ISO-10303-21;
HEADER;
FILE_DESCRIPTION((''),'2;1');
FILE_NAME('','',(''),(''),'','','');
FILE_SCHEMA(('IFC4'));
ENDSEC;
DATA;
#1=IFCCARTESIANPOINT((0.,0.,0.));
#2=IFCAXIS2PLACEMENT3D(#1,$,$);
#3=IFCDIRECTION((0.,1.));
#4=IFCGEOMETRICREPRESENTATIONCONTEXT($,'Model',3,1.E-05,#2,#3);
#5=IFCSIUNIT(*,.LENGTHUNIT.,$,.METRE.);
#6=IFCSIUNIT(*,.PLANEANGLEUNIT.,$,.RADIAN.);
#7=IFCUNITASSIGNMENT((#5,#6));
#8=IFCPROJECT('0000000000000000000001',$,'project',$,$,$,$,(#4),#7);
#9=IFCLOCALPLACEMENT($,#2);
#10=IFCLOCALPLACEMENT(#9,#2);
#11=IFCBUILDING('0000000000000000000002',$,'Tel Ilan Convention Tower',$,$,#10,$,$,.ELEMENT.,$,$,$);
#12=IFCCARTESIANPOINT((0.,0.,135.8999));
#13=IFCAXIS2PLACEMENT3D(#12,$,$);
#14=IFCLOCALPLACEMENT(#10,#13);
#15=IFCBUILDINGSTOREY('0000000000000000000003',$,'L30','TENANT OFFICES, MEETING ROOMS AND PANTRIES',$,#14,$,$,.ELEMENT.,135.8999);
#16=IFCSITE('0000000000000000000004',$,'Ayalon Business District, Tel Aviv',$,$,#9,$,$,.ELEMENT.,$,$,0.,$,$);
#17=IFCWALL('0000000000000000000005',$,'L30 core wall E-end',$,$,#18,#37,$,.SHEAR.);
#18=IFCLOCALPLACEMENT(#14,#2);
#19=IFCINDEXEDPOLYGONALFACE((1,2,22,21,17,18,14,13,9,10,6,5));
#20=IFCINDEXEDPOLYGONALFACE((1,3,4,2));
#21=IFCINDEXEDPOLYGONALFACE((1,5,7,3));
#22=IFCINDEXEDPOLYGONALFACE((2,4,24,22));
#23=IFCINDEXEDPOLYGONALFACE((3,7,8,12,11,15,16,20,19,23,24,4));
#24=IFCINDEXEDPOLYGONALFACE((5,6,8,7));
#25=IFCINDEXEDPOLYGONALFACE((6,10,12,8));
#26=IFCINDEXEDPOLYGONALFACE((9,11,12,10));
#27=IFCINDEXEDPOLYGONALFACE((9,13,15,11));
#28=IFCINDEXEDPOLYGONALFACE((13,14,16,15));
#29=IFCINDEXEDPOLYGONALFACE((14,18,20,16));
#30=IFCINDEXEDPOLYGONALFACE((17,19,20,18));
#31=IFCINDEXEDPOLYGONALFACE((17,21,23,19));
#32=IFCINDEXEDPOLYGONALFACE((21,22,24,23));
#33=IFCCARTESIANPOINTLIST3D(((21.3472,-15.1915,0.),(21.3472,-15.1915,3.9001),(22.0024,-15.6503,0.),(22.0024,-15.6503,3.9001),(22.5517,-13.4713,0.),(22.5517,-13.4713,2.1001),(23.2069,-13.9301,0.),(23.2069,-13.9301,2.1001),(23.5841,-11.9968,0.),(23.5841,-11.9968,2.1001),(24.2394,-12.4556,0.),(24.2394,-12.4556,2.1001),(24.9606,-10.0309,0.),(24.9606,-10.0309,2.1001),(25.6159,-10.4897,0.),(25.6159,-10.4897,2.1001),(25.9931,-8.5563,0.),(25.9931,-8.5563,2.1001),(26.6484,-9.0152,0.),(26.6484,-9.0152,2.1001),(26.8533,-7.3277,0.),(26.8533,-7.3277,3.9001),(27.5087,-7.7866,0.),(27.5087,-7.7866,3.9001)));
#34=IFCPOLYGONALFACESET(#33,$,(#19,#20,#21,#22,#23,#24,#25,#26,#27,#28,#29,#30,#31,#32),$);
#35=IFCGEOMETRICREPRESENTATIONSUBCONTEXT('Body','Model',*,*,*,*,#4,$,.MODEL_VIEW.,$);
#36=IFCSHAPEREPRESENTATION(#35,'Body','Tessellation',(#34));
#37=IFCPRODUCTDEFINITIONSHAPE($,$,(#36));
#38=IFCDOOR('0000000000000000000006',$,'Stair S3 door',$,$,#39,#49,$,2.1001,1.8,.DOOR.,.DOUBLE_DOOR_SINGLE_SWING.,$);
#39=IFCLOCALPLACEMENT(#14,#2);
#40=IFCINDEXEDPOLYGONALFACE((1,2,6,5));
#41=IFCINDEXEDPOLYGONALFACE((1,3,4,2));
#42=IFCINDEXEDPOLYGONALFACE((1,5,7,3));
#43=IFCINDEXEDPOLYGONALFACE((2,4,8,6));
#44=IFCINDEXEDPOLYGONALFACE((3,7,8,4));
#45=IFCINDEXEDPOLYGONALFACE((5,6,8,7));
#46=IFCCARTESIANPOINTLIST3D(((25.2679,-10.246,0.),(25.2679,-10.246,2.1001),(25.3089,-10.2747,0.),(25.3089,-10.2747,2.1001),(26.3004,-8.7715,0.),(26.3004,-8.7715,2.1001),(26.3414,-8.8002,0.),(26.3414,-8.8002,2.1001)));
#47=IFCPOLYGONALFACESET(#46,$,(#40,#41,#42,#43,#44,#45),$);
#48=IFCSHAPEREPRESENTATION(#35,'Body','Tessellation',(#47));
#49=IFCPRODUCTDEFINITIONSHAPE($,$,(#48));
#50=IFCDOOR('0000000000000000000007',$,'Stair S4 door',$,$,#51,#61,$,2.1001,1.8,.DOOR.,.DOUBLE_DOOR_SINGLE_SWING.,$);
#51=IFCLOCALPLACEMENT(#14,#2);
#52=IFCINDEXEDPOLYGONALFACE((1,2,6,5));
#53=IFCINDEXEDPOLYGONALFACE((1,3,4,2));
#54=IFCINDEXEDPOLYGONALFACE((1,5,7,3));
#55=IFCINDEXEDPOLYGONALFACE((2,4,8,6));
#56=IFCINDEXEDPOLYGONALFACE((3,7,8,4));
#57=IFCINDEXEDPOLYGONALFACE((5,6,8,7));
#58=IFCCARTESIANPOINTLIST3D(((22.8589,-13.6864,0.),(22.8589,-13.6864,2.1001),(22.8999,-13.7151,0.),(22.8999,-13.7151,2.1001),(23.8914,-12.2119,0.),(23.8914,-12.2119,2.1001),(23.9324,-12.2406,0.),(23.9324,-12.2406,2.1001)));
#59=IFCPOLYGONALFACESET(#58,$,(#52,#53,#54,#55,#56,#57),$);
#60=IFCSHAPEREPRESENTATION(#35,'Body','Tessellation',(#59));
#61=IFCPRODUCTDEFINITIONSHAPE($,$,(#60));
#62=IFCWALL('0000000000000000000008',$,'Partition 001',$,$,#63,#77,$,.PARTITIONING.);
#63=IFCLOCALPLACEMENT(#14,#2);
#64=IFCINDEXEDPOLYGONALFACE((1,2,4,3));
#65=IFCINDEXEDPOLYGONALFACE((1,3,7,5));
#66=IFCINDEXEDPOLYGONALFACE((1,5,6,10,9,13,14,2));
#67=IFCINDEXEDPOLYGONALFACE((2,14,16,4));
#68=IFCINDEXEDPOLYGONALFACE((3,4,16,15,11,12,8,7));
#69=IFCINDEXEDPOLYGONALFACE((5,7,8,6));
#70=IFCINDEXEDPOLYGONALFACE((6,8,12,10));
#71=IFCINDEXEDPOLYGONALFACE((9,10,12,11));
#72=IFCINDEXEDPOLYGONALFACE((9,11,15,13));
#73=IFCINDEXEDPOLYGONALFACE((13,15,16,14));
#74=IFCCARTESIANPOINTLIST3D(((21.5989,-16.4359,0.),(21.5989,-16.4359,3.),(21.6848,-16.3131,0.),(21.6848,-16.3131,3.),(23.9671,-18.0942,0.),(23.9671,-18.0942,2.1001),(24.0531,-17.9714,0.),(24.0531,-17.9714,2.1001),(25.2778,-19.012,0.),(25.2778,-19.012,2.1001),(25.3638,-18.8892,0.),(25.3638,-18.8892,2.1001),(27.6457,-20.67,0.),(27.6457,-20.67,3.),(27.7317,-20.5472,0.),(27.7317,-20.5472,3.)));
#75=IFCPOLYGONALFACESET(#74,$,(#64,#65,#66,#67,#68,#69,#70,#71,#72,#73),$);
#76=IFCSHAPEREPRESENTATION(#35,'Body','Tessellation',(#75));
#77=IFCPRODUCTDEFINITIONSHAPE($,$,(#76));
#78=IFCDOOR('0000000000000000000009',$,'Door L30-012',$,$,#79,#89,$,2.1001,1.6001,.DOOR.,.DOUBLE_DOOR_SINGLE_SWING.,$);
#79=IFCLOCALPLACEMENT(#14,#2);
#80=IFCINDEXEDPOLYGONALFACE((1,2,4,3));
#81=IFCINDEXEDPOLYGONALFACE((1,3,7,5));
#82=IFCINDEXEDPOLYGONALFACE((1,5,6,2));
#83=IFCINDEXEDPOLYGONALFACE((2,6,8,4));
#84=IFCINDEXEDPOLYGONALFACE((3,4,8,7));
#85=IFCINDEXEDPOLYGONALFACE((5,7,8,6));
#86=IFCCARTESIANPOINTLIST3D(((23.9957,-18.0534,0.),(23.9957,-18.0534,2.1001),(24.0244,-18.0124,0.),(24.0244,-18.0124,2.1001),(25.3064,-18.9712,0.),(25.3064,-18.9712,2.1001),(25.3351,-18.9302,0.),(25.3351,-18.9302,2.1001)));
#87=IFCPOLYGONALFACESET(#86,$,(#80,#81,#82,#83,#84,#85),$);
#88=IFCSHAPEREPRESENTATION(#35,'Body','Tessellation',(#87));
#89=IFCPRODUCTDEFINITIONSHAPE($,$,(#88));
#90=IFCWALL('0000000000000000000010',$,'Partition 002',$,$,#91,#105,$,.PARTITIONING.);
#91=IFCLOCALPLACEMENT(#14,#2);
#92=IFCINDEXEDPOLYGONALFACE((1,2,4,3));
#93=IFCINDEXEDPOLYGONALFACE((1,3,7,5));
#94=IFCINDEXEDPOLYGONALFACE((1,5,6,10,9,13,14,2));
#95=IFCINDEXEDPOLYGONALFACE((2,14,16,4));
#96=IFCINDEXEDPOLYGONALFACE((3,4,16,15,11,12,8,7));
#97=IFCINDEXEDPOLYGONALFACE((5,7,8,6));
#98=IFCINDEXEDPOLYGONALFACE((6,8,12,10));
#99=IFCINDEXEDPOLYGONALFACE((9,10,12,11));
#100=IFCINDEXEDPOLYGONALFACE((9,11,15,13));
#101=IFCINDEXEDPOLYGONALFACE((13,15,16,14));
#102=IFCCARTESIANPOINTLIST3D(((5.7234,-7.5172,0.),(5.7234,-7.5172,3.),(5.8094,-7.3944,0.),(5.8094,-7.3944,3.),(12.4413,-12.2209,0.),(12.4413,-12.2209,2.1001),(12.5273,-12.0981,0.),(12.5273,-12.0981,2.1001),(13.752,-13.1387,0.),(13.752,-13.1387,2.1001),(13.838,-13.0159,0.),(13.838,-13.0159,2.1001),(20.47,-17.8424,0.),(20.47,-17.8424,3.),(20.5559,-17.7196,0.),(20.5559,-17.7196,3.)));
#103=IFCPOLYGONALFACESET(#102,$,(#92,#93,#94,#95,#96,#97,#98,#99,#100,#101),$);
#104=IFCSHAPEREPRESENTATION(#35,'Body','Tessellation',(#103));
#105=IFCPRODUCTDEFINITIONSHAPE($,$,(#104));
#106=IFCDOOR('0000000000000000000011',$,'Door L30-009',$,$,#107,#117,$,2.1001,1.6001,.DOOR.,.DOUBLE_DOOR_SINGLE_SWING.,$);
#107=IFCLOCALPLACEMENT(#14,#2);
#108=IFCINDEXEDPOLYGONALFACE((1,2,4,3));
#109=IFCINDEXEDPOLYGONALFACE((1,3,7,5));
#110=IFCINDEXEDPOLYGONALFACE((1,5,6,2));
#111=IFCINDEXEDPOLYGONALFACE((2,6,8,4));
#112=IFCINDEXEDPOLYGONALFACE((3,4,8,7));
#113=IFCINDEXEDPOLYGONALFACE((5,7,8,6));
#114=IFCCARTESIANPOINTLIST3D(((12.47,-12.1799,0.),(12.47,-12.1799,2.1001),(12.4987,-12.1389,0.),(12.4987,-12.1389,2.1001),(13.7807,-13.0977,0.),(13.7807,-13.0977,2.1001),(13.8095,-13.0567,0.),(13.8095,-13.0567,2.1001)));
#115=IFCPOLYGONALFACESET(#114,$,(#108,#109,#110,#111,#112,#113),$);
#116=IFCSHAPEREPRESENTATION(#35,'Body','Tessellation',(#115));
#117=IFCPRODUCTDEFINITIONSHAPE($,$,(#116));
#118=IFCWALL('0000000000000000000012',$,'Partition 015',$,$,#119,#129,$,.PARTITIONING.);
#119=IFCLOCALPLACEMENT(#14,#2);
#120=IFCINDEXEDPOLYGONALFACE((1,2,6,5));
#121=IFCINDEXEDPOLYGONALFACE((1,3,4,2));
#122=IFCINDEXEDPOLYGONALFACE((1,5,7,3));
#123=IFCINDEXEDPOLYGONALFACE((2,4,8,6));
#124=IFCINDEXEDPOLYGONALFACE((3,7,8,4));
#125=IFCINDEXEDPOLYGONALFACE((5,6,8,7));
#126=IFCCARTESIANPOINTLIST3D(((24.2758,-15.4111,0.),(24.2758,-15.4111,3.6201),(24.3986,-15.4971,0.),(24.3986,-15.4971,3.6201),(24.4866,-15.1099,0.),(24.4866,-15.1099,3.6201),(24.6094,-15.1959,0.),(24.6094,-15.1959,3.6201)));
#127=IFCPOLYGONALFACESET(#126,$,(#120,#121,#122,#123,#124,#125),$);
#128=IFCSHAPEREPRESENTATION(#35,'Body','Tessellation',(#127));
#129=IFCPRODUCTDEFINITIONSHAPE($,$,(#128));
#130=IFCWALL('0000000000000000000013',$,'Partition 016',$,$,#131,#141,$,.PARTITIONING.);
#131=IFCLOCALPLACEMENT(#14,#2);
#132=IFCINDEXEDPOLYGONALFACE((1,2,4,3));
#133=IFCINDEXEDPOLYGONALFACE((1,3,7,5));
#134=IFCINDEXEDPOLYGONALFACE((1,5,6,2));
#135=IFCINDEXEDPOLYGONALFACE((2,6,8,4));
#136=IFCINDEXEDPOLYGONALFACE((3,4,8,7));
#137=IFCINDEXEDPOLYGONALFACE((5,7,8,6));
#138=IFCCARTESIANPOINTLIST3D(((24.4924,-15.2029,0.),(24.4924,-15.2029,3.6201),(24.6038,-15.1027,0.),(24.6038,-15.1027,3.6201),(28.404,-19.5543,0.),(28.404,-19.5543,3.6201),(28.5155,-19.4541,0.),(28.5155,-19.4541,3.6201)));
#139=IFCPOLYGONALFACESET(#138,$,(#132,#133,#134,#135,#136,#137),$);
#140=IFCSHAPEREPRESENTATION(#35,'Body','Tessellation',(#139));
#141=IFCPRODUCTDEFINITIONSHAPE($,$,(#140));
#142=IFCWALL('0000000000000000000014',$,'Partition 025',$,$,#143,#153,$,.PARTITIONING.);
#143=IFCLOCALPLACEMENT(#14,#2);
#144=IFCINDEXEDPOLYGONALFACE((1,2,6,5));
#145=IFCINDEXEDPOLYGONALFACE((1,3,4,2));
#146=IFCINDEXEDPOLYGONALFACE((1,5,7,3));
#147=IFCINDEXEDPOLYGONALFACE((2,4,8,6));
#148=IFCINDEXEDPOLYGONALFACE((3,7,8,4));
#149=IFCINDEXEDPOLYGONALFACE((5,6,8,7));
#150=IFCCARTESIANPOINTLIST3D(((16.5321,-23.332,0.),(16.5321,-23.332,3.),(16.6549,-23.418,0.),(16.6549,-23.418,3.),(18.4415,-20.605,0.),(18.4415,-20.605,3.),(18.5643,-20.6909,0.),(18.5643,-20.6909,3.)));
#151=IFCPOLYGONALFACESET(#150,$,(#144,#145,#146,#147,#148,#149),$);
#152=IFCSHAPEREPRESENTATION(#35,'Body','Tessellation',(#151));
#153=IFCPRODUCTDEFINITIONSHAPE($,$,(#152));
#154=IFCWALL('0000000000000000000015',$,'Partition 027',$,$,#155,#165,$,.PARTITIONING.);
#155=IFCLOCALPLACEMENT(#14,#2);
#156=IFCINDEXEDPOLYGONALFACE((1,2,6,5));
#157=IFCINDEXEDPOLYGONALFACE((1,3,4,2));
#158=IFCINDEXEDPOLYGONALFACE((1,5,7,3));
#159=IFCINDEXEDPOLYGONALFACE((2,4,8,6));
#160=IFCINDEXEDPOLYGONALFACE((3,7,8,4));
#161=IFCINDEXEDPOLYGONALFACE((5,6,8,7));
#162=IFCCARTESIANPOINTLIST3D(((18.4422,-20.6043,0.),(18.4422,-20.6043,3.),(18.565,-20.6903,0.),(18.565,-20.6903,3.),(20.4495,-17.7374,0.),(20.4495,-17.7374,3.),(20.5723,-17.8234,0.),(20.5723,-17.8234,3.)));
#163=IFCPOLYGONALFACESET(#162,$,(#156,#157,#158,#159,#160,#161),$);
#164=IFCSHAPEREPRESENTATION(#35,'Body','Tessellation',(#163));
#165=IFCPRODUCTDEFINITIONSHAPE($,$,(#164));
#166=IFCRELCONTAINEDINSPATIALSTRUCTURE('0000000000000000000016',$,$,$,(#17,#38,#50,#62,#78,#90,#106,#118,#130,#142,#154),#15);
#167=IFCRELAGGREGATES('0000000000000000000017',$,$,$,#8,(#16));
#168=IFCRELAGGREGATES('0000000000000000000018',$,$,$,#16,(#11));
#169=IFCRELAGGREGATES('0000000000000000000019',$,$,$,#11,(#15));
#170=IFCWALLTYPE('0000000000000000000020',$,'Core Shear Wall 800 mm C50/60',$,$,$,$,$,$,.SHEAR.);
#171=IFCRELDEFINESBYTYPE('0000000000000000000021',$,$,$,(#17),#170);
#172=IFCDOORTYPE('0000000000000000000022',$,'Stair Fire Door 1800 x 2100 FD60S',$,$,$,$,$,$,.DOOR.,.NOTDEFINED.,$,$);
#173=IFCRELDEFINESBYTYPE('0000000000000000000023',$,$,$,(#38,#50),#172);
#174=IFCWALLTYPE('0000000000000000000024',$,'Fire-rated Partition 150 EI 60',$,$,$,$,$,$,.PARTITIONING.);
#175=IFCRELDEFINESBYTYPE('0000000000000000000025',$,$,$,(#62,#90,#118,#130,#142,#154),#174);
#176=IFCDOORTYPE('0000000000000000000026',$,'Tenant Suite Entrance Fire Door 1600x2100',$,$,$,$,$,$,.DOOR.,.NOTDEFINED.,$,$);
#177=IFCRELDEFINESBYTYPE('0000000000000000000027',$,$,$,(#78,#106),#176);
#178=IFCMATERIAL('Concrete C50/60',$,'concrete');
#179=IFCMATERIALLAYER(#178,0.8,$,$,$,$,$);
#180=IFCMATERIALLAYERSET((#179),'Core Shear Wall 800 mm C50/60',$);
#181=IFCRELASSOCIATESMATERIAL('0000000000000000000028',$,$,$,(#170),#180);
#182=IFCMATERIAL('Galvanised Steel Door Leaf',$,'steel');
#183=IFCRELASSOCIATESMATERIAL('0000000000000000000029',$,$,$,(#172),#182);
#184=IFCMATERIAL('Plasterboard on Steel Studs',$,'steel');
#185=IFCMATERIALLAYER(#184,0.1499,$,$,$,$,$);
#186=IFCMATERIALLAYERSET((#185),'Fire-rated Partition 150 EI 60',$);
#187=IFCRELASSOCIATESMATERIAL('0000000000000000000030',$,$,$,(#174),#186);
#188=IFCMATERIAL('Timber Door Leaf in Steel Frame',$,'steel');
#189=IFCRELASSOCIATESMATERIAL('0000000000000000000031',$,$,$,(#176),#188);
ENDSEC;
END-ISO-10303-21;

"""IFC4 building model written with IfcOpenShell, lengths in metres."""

from ifc_helpers import new_model, si_unit, direction, frame, frame_2d, origin, place, context, subcontext, project, spatial, polyline, rectangle, outline, extrude, material, layer, layer_set, type_object, element, fill, save


model = new_model("IFC4")

# Units and contexts
model_context = context("Model", 3, precision=1e-05, world=origin(), true_north=direction((0.0, 1.0)))
body_context = subcontext(model_context, "Body", "Model", "MODEL_VIEW")
ifc_project = project(units=[si_unit("LENGTHUNIT", "METRE"), si_unit("PLANEANGLEUNIT", "RADIAN")], contexts=[model_context])

# Site, building, storey
site_placement = place(None, origin())
site = spatial("IfcSite", under=ifc_project, at=site_placement, Name="Ayalon Business District, Tel Aviv", CompositionType="ELEMENT", RefElevation=0.0)
building_placement = place(site_placement, origin())
building = spatial("IfcBuilding", under=site, at=building_placement, Name="Tel Ilan Convention Tower", CompositionType="ELEMENT")
storey_placement = place(building_placement, frame((0.0, 0.0, 135.8999)))
storey = spatial("IfcBuildingStorey", under=building, at=storey_placement, Name="L30", Description="TENANT OFFICES, MEETING ROOMS AND PANTRIES", CompositionType="ELEMENT", Elevation=135.8999)

# Wall, openings, doors
ifc_material_1 = material(Name="Concrete C50/60", Category="concrete")
ifc_layer_1 = layer(ifc_material_1, 0.8)
ifc_layer_set_1 = layer_set([ifc_layer_1], Name="Core Shear Wall 800 mm C50/60")
wall_type_1 = type_object("IfcWallType", Name="Core Shear Wall 800 mm C50/60", PredefinedType="SHEAR", material=ifc_layer_set_1)
wall_1_placement = place(storey_placement, frame((21.6748, -15.4209, 0.0), z_axis=(0.0, 0.0, 1.0), x_axis=(0.573582, 0.819148, 0.0)))
wall_1 = element("IfcWall", 1, at=wall_1_placement, inside=storey, type_object=wall_type_1, Name="L30 core wall E-end", PredefinedType="SHEAR", context=body_context, shape_type="SweptSolid", body=[
    extrude(outline(polyline([(9.5999, 0.4001), (0.0, 0.3999), (0.0, -0.3999), (9.5999, -0.3999), (9.5999, 0.4001)])), origin(), (0.0, 0.0, 1.0), 3.9001),
])
opening_1_placement = place(wall_1_placement, frame((6.3, 0.0, 0.0)))
opening_1 = element("IfcOpeningElement", 2, at=opening_1_placement, cuts=wall_1, PredefinedType="OPENING", context=body_context, shape_type="SweptSolid", body=[
    extrude(rectangle(XDim=1.8, YDim=2.1001, at=frame_2d((0.8999, 1.05))), frame((0.0, 0.4099, 0.0), z_axis=(0.0, -1.0, 0.0), x_axis=(1.0, 0.0, 0.0)), (0.0, 0.0, 1.0), 0.8201),
])
opening_2_placement = place(wall_1_placement, frame((2.1001, 0.0, 0.0)))
opening_2 = element("IfcOpeningElement", 3, at=opening_2_placement, cuts=wall_1, PredefinedType="OPENING", context=body_context, shape_type="SweptSolid", body=[
    extrude(rectangle(XDim=1.8, YDim=2.1001, at=frame_2d((0.8999, 1.05))), frame((0.0, 0.4099, 0.0), z_axis=(0.0, -1.0, 0.0), x_axis=(1.0, 0.0, 0.0)), (0.0, 0.0, 1.0), 0.8201),
])
ifc_material_2 = material(Name="Galvanised Steel Door Leaf", Category="steel")
door_type_1 = type_object("IfcDoorType", Name="Stair Fire Door 1800 x 2100 FD60S", OperationType="NOTDEFINED", PredefinedType="DOOR", material=ifc_material_2)
door_1_placement = place(opening_1_placement, origin())
door_1 = element("IfcDoor", 4, at=door_1_placement, inside=storey, type_object=door_type_1, Name="Stair S3 door", OperationType="DOUBLE_DOOR_SINGLE_SWING", OverallHeight=2.1001, OverallWidth=1.8, PredefinedType="DOOR", context=body_context, shape_type="SweptSolid", body=[
    extrude(rectangle(XDim=1.8, YDim=2.1001, at=frame_2d((0.8999, 1.05))), frame((0.0, 0.0249, 0.0), z_axis=(0.0, -1.0, 0.0), x_axis=(1.0, 0.0, 0.0)), (0.0, 0.0, 1.0), 0.05),
])
fill(opening_1, door_1)
door_2_placement = place(opening_2_placement, origin())
door_2 = element("IfcDoor", 5, at=door_2_placement, inside=storey, type_object=door_type_1, Name="Stair S4 door", OperationType="DOUBLE_DOOR_SINGLE_SWING", OverallHeight=2.1001, OverallWidth=1.8, PredefinedType="DOOR", context=body_context, shape_type="SweptSolid", body=[
    extrude(rectangle(XDim=1.8, YDim=2.1001, at=frame_2d((0.8999, 1.05))), frame((0.0, 0.0249, 0.0), z_axis=(0.0, -1.0, 0.0), x_axis=(1.0, 0.0, 0.0)), (0.0, 0.0, 1.0), 0.05),
])
fill(opening_2, door_2)

# Walls, openings, doors
ifc_material_3 = material(Name="Plasterboard on Steel Studs", Category="steel")
ifc_layer_2 = layer(ifc_material_3, 0.1499)
ifc_layer_set_2 = layer_set([ifc_layer_2], Name="Fire-rated Partition 150 EI 60")
wall_type_2 = type_object("IfcWallType", Name="Fire-rated Partition 150 EI 60", PredefinedType="PARTITIONING", material=ifc_layer_set_2)
wall_2_placement = place(storey_placement, frame((21.6418, -16.3745, 0.0), z_axis=(0.0, 0.0, 1.0), x_axis=(0.819148, -0.573582, 0.0)))
wall_2 = element("IfcWall", 6, at=wall_2_placement, inside=storey, type_object=wall_type_2, Name="Partition 001", PredefinedType="PARTITIONING", context=body_context, shape_type="SweptSolid", body=[
    extrude(rectangle(XDim=7.3818, YDim=0.1499, at=frame_2d((3.6909, 0.0))), origin(), (0.0, 0.0, 1.0), 3.0),
])
opening_3_placement = place(wall_2_placement, frame((2.8911, 0.0, 0.0)))
opening_3 = element("IfcOpeningElement", 7, at=opening_3_placement, cuts=wall_2, PredefinedType="OPENING", context=body_context, shape_type="SweptSolid", body=[
    extrude(rectangle(XDim=1.6001, YDim=2.1001, at=frame_2d((0.8, 1.05))), frame((0.0, 0.085, 0.0), z_axis=(0.0, -1.0, 0.0), x_axis=(1.0, 0.0, 0.0)), (0.0, 0.0, 1.0), 0.1699),
])
ifc_material_4 = material(Name="Timber Door Leaf in Steel Frame", Category="steel")
door_type_2 = type_object("IfcDoorType", Name="Tenant Suite Entrance Fire Door 1600x2100", OperationType="NOTDEFINED", PredefinedType="DOOR", material=ifc_material_4)
door_3_placement = place(opening_3_placement, origin())
door_3 = element("IfcDoor", 8, at=door_3_placement, inside=storey, type_object=door_type_2, Name="Door L30-012", OperationType="DOUBLE_DOOR_SINGLE_SWING", OverallHeight=2.1001, OverallWidth=1.6001, PredefinedType="DOOR", context=body_context, shape_type="SweptSolid", body=[
    extrude(rectangle(XDim=1.6001, YDim=2.1001, at=frame_2d((0.8, 1.05))), frame((0.0, 0.0249, 0.0), z_axis=(0.0, -1.0, 0.0), x_axis=(1.0, 0.0, 0.0)), (0.0, 0.0, 1.0), 0.05),
])
fill(opening_3, door_3)
wall_3_placement = place(storey_placement, frame((20.5129, -17.781, 0.0), z_axis=(0.0, 0.0, 1.0), x_axis=(-0.819164, 0.573559, 0.0)))
wall_3 = element("IfcWall", 9, at=wall_3_placement, inside=storey, type_object=wall_type_2, Name="Partition 002", PredefinedType="PARTITIONING", context=body_context, shape_type="SweptSolid", body=[
    extrude(rectangle(XDim=18.002, YDim=0.1499, at=frame_2d((9.001, 0.0))), origin(), (0.0, 0.0, 1.0), 3.0),
])
opening_4_placement = place(wall_3_placement, frame((8.2009, 0.0, 0.0)))
opening_4 = element("IfcOpeningElement", 10, at=opening_4_placement, cuts=wall_3, PredefinedType="OPENING", context=body_context, shape_type="SweptSolid", body=[
    extrude(rectangle(XDim=1.6001, YDim=2.1001, at=frame_2d((0.8, 1.05))), frame((0.0, 0.085, 0.0), z_axis=(0.0, -1.0, 0.0), x_axis=(1.0, 0.0, 0.0)), (0.0, 0.0, 1.0), 0.1699),
])
door_4_placement = place(opening_4_placement, origin())
door_4 = element("IfcDoor", 11, at=door_4_placement, inside=storey, type_object=door_type_2, Name="Door L30-009", OperationType="DOUBLE_DOOR_SINGLE_SWING", OverallHeight=2.1001, OverallWidth=1.6001, PredefinedType="DOOR", context=body_context, shape_type="SweptSolid", body=[
    extrude(rectangle(XDim=1.6001, YDim=2.1001, at=frame_2d((0.8, 1.05))), frame((0.0, 0.0249, 0.0), z_axis=(0.0, -1.0, 0.0), x_axis=(1.0, 0.0, 0.0)), (0.0, 0.0, 1.0), 0.05),
])
fill(opening_4, door_4)

# Walls
wall_4_placement = place(storey_placement, frame((24.3372, -15.4541, 0.0), z_axis=(0.0, 0.0, 1.0), x_axis=(0.573551, 0.81917, 0.0)))
element("IfcWall", 12, at=wall_4_placement, inside=storey, type_object=wall_type_2, Name="Partition 015", PredefinedType="PARTITIONING", context=body_context, shape_type="SweptSolid", body=[
    extrude(rectangle(XDim=0.3677, YDim=0.1499, at=frame_2d((0.1838, 0.0))), origin(), (0.0, 0.0, 1.0), 3.6201),
])
wall_5_placement = place(storey_placement, frame((24.5481, -15.1528, 0.0), z_axis=(0.0, 0.0, 1.0), x_axis=(0.668534, -0.743682, 0.0)))
element("IfcWall", 13, at=wall_5_placement, inside=storey, type_object=wall_type_2, Name="Partition 016", PredefinedType="PARTITIONING", context=body_context, shape_type="SweptSolid", body=[
    extrude(rectangle(XDim=5.8511, YDim=0.1499, at=frame_2d((2.9255, 0.0))), origin(), (0.0, 0.0, 1.0), 3.6201),
])
wall_6_placement = place(storey_placement, frame((18.5029, -20.6479, 0.0), z_axis=(0.0, 0.0, 1.0), x_axis=(-0.573561, -0.819163, 0.0)))
element("IfcWall", 14, at=wall_6_placement, inside=storey, type_object=wall_type_2, Name="Partition 025", PredefinedType="PARTITIONING", context=body_context, shape_type="SweptSolid", body=[
    extrude(rectangle(XDim=3.3291, YDim=0.1499, at=frame_2d((1.6646, 0.0))), origin(), (0.0, 0.0, 1.0), 3.0),
])
wall_7_placement = place(storey_placement, frame((20.511, -17.7803, 0.0), z_axis=(0.0, 0.0, 1.0), x_axis=(-0.573551, -0.81917, 0.0)))
element("IfcWall", 15, at=wall_7_placement, inside=storey, type_object=wall_type_2, Name="Partition 027", PredefinedType="PARTITIONING", context=body_context, shape_type="SweptSolid", body=[
    extrude(rectangle(XDim=3.4998, YDim=0.1499, at=frame_2d((1.75, 0.0))), origin(), (0.0, 0.0, 1.0), 3.0),
])

save(model, "model.ifc")
